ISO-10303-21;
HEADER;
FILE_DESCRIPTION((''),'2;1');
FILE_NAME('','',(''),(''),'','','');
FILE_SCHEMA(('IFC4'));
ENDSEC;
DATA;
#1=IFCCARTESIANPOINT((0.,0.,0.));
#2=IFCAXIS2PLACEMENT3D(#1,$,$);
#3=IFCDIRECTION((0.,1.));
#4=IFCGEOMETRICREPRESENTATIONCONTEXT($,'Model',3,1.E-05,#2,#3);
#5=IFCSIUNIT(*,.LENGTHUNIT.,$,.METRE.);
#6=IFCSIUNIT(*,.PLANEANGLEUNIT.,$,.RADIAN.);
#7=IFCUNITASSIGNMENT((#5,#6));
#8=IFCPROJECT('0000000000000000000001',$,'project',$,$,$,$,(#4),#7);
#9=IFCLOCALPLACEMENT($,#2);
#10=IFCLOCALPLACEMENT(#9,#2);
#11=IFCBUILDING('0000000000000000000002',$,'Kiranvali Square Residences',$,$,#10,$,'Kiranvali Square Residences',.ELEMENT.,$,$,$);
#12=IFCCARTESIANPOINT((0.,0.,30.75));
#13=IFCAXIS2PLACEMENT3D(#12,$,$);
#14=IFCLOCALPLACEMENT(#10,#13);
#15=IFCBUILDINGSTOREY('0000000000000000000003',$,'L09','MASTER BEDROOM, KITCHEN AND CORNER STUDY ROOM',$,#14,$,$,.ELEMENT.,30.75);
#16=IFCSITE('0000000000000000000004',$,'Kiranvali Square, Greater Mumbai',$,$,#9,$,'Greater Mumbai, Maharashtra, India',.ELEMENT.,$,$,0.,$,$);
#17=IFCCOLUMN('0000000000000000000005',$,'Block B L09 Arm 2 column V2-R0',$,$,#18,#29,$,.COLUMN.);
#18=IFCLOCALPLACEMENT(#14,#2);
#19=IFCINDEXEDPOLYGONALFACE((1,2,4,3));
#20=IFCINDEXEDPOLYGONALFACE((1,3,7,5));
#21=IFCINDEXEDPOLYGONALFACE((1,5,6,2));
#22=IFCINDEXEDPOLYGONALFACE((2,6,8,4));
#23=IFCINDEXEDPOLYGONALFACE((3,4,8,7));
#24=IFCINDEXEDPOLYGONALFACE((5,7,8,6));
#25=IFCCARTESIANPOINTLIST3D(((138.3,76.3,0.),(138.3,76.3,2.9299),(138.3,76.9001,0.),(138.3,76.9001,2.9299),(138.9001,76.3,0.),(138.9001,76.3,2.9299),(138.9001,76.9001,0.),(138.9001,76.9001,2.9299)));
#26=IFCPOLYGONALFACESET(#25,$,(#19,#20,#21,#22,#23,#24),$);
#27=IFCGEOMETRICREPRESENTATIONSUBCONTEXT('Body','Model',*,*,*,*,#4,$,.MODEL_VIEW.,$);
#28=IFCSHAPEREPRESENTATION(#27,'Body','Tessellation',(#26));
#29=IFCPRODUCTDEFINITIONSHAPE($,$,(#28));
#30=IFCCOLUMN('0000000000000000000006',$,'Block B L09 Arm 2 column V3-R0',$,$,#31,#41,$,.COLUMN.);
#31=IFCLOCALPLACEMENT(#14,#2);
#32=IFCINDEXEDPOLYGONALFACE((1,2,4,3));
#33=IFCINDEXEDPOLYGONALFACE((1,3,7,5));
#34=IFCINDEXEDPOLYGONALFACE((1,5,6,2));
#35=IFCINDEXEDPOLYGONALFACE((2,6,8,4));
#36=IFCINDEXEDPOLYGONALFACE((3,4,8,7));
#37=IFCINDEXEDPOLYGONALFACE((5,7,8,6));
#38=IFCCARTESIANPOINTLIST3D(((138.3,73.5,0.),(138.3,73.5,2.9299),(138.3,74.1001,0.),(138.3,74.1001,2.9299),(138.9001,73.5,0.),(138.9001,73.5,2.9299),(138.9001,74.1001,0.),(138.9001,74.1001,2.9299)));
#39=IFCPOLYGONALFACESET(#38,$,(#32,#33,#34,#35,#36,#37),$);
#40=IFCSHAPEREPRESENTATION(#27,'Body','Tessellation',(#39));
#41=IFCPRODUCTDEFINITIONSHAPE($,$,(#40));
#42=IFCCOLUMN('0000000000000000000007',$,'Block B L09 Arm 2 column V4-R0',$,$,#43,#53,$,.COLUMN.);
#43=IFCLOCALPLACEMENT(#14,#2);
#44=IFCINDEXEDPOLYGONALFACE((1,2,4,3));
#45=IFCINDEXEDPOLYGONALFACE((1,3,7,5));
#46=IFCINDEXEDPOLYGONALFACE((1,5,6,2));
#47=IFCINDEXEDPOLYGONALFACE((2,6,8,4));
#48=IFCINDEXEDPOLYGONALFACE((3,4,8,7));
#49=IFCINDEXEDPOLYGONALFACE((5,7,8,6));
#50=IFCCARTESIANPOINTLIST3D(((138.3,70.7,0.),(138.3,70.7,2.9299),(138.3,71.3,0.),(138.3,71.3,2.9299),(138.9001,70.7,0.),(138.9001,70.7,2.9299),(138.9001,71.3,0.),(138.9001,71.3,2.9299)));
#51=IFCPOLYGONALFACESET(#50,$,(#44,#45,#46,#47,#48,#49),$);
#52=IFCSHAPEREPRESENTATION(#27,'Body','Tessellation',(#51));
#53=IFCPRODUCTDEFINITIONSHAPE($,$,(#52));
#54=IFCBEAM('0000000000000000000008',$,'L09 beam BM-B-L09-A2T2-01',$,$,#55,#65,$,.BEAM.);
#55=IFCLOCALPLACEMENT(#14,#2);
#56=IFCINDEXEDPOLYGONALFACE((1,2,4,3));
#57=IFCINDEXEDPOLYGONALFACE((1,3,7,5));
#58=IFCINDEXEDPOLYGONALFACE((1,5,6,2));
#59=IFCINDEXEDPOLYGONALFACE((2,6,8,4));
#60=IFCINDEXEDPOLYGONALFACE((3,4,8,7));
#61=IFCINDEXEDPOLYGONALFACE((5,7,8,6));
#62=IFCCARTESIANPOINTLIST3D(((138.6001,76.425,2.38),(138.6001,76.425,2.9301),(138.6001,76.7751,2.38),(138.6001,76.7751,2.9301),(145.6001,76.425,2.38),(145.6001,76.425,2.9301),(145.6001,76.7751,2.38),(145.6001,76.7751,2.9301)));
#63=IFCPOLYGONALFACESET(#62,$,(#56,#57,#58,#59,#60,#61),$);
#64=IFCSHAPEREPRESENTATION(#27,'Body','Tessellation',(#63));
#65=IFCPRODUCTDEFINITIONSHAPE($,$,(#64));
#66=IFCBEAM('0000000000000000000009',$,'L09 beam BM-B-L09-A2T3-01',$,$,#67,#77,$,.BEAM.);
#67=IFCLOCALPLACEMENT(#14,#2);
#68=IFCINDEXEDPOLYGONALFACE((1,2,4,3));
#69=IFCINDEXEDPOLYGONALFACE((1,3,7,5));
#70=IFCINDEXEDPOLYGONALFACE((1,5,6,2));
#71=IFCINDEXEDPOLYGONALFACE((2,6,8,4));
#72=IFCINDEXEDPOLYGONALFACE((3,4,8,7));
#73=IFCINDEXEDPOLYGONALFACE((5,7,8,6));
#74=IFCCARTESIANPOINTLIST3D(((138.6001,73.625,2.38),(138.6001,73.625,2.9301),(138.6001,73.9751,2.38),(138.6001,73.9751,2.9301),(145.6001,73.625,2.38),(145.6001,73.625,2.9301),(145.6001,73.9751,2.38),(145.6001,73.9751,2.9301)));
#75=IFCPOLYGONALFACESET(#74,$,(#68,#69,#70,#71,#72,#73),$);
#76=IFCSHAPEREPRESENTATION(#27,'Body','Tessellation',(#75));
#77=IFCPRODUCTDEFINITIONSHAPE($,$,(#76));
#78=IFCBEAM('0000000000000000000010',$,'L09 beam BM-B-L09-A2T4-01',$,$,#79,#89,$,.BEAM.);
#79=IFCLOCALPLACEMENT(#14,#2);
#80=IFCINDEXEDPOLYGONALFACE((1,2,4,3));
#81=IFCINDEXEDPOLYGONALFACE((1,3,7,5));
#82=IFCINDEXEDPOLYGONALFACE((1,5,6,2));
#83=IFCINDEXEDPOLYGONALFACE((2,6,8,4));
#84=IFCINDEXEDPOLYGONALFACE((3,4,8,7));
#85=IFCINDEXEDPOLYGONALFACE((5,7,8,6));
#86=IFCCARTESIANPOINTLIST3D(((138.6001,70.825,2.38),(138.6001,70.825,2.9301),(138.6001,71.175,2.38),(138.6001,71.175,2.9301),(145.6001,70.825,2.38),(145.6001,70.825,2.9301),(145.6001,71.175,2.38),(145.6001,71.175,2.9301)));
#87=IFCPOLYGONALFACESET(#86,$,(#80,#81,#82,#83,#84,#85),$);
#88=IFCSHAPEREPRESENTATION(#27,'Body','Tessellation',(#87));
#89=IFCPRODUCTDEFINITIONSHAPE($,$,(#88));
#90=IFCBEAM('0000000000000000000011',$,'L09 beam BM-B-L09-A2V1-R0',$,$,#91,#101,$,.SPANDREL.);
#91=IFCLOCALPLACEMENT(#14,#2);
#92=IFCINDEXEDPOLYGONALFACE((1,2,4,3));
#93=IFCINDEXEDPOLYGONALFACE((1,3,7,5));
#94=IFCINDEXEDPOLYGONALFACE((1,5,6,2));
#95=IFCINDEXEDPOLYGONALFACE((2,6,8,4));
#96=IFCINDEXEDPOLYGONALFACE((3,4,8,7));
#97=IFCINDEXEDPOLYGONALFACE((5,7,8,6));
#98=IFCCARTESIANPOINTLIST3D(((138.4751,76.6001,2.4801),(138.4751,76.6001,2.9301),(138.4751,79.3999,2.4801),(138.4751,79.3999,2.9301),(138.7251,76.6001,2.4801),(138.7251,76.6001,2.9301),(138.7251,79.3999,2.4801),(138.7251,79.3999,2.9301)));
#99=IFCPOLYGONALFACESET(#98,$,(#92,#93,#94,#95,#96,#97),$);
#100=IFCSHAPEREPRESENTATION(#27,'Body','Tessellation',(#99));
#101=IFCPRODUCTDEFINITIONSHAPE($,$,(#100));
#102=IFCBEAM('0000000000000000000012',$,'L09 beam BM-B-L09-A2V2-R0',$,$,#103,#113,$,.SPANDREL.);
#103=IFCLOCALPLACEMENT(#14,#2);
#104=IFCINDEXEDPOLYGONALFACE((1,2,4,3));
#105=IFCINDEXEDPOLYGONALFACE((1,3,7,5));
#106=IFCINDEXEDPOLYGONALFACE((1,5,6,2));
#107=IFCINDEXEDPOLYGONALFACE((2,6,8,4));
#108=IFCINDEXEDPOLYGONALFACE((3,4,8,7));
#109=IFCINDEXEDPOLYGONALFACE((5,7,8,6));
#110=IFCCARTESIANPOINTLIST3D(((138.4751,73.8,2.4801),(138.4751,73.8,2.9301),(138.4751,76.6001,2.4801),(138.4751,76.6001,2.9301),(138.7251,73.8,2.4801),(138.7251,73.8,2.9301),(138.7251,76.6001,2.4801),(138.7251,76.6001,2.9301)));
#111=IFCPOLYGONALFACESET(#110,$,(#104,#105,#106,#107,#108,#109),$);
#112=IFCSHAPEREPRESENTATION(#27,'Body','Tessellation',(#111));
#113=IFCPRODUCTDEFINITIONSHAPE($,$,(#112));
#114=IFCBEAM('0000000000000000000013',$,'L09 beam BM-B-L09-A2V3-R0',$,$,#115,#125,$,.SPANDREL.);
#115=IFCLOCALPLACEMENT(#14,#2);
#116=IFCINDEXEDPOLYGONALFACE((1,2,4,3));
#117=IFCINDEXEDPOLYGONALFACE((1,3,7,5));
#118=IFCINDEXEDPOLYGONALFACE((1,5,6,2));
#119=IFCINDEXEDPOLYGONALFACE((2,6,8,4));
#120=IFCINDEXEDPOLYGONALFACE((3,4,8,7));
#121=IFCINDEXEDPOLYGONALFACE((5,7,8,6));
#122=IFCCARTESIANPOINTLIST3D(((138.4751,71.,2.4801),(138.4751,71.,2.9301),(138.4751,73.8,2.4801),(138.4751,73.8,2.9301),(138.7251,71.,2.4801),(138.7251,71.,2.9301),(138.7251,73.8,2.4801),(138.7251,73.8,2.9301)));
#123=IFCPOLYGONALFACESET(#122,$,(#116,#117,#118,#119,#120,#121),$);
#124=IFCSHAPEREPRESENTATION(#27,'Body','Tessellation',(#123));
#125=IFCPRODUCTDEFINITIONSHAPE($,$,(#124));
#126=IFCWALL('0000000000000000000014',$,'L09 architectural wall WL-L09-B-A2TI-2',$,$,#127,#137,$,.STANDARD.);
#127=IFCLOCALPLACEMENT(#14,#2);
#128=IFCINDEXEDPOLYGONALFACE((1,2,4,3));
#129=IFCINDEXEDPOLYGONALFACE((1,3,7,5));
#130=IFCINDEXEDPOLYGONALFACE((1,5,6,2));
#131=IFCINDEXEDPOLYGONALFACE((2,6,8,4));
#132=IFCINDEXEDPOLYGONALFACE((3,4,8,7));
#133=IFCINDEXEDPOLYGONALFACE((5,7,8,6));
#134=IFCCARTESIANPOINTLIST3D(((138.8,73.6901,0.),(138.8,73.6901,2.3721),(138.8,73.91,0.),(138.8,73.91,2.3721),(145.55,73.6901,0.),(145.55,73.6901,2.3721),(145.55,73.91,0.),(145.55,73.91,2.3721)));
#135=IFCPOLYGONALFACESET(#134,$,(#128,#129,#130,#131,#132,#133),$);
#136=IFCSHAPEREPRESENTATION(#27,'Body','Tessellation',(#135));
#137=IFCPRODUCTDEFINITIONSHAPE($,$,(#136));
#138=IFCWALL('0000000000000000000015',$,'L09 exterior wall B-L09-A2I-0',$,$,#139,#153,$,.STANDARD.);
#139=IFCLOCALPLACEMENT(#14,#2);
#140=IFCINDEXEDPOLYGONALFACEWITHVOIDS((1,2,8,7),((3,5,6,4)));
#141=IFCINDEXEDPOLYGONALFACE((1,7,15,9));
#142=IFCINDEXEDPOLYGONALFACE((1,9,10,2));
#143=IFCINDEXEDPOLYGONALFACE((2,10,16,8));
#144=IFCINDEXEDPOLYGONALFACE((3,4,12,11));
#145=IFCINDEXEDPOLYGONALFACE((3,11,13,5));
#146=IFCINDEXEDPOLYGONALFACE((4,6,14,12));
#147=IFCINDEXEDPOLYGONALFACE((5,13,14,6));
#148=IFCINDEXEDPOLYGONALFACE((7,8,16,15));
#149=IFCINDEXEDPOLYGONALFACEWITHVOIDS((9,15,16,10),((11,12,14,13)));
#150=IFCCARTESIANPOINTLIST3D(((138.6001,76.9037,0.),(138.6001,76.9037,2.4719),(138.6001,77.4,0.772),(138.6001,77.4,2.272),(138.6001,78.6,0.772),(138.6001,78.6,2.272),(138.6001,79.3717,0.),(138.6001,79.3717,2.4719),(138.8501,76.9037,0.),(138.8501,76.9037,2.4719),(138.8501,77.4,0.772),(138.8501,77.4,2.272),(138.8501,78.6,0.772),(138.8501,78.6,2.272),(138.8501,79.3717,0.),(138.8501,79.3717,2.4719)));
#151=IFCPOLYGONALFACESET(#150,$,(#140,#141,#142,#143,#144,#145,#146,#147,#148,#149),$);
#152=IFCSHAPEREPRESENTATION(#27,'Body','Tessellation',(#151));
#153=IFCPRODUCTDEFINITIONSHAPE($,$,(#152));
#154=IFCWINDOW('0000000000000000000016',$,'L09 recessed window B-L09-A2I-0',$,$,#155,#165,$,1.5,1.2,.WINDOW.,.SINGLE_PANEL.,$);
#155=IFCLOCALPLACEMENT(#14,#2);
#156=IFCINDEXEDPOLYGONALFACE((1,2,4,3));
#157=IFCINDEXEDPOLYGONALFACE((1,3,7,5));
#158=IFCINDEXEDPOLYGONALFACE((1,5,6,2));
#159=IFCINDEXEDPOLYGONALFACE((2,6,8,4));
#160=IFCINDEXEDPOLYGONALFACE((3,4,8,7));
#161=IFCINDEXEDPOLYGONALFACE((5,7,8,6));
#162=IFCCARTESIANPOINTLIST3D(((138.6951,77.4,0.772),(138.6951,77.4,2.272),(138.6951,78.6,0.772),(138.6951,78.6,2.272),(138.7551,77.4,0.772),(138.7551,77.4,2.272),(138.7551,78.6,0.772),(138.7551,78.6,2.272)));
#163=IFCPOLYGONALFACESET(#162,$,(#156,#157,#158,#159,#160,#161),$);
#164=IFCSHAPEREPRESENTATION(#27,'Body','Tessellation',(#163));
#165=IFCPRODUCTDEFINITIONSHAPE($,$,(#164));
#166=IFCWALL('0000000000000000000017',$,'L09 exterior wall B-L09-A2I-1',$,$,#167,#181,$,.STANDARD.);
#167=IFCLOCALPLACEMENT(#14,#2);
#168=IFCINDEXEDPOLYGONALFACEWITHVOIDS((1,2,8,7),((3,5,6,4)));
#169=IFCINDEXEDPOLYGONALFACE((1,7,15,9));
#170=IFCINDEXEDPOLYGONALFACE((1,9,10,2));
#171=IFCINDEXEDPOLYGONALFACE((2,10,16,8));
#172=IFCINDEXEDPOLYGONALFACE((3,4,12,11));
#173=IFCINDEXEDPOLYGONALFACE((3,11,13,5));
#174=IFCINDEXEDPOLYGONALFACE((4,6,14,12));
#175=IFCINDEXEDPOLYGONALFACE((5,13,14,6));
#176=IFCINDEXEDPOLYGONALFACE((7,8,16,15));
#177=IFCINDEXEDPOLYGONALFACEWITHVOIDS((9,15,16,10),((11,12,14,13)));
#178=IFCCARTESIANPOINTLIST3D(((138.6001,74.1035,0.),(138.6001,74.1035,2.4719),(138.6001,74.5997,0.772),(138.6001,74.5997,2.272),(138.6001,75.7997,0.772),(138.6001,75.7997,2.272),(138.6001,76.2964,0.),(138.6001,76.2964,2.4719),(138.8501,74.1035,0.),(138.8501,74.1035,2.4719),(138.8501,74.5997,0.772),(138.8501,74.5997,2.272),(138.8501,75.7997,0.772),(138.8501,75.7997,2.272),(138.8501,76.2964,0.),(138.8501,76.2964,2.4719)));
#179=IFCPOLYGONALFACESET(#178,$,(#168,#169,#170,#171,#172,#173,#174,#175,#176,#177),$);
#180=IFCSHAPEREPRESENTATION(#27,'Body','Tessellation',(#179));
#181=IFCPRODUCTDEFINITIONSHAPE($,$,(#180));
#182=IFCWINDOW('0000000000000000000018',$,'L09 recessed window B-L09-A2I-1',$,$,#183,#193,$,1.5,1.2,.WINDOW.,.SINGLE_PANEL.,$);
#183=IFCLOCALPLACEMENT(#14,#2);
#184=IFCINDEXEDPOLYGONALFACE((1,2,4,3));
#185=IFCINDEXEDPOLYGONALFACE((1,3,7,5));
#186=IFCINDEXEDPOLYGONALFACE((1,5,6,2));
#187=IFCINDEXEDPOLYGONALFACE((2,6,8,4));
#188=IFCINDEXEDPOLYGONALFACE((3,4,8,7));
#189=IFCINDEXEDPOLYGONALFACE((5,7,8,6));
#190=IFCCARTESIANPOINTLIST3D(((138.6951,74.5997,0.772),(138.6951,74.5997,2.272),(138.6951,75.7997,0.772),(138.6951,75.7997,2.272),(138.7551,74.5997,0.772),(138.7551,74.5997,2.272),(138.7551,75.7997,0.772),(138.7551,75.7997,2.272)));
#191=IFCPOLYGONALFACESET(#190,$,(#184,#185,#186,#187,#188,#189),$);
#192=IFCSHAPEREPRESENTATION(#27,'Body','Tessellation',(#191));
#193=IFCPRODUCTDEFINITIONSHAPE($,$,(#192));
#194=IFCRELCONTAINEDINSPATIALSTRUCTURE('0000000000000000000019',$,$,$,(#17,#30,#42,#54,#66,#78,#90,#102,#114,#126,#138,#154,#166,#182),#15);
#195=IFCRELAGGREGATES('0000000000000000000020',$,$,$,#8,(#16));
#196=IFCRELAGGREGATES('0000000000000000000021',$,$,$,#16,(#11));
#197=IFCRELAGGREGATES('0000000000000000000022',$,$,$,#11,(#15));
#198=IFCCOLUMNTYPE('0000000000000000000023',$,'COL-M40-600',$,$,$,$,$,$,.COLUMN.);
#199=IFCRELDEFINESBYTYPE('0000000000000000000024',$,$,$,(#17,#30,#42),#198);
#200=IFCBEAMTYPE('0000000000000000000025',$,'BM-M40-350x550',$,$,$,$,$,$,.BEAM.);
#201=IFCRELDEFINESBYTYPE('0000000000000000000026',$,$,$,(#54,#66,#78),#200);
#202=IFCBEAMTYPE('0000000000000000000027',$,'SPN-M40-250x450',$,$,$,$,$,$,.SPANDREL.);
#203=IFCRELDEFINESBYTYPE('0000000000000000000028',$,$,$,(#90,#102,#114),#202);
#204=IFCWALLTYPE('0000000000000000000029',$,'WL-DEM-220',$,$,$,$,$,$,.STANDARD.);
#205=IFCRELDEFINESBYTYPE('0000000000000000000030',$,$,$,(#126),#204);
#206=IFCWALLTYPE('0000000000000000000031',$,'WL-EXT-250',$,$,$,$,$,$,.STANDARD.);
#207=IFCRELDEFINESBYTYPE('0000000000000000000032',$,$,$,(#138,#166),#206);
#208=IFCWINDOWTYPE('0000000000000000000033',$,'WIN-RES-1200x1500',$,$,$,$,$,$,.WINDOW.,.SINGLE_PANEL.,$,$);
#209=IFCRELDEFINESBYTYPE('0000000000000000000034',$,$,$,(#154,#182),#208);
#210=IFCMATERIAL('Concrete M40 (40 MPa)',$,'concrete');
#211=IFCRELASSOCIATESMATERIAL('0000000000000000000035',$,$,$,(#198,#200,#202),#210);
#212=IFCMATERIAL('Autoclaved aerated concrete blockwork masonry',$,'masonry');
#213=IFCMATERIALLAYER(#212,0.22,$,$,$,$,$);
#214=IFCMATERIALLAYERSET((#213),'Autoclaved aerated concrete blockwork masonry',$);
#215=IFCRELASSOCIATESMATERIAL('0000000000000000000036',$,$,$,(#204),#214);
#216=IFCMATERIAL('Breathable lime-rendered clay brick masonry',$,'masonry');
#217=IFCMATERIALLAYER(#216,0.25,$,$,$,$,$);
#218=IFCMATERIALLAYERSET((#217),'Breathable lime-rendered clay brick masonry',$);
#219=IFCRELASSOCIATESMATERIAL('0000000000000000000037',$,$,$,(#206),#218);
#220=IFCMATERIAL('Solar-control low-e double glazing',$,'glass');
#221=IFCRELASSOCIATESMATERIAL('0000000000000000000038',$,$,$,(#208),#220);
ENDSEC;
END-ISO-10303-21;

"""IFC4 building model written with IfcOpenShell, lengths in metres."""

from ifc_helpers import new_model, si_unit, direction, frame, frame_2d, origin, origin_2d, place, context, subcontext, project, spatial, rectangle, extrude, material, layer, layer_set, material_profile, profile_set, type_object, element, fill, save


model = new_model("IFC4")

# Units and contexts
model_context = context("Model", 3, precision=1e-05, world=origin(), true_north=direction((0.0, 1.0)))
body_context = subcontext(model_context, "Body", "Model", "MODEL_VIEW")
ifc_project = project(units=[si_unit("LENGTHUNIT", "METRE"), si_unit("PLANEANGLEUNIT", "RADIAN")], contexts=[model_context])

# Site, building, storey
site_placement = place(None, origin())
site = spatial("IfcSite", under=ifc_project, at=site_placement, Name="Kiranvali Square, Greater Mumbai", LongName="Greater Mumbai, Maharashtra, India", CompositionType="ELEMENT", RefElevation=0.0)
building_placement = place(site_placement, origin())
building = spatial("IfcBuilding", under=site, at=building_placement, Name="Kiranvali Square Residences", LongName="Kiranvali Square Residences", CompositionType="ELEMENT")
storey_placement = place(building_placement, frame((0.0, 0.0, 30.75)))
storey = spatial("IfcBuildingStorey", under=building, at=storey_placement, Name="L09", Description="MASTER BEDROOM, KITCHEN AND CORNER STUDY ROOM", CompositionType="ELEMENT", Elevation=30.75)

# Columns
ifc_material_1 = material(Name="Concrete M40 (40 MPa)", Category="concrete")
ifc_material_profile_1 = material_profile(ifc_material_1, rectangle(XDim=0.6001, YDim=0.6001, at=origin_2d()), Name="RC 600x600")
ifc_profile_set_1 = profile_set([ifc_material_profile_1], Name="Concrete M40 (40 MPa)")
column_type = type_object("IfcColumnType", Name="COL-M40-600", PredefinedType="COLUMN", material=ifc_profile_set_1)
for number, where, z_axis, x_axis, name in (
    (1, (138.6001, 76.6001, 0.0), (0.0, 0.0, 1.0), (1.0, 0.0, 0.0), "Block B L09 Arm 2 column V2-R0"),
    (2, (138.6001, 73.8, 0.0), (0.0, 0.0, 1.0), (1.0, 0.0, 0.0), "Block B L09 Arm 2 column V3-R0"),
    (3, (138.6001, 71.0, 0.0), (0.0, 0.0, 1.0), (1.0, 0.0, 0.0), "Block B L09 Arm 2 column V4-R0"),
):
    element("IfcColumn", number, at=place(storey_placement, frame(where, z_axis=z_axis, x_axis=x_axis)), inside=storey, type_object=column_type, Name=name, PredefinedType="COLUMN", context=body_context, shape_type="SweptSolid", body=[
        extrude(rectangle(XDim=0.6001, YDim=0.6001, at=origin_2d()), origin(), (0.0, 0.0, 1.0), 2.9299),
    ])

# Beams
ifc_material_profile_2 = material_profile(ifc_material_1, rectangle(XDim=0.3501, YDim=0.55, at=origin_2d()), Name="RC 350x550")
ifc_profile_set_2 = profile_set([ifc_material_profile_2], Name="Concrete M40 (40 MPa)")
beam_type_1 = type_object("IfcBeamType", Name="BM-M40-350x550", PredefinedType="BEAM", material=ifc_profile_set_2)
for number, where, z_axis, x_axis, name in (
    (4, (138.6001, 76.6001, 2.655), (1.0, 0.0, 0.0), (0.0, 1.0, 0.0), "L09 beam BM-B-L09-A2T2-01"),
    (5, (138.6001, 73.8, 2.655), (1.0, 0.0, 0.0), (0.0, 1.0, 0.0), "L09 beam BM-B-L09-A2T3-01"),
    (6, (138.6001, 71.0, 2.655), (1.0, 0.0, 0.0), (0.0, 1.0, 0.0), "L09 beam BM-B-L09-A2T4-01"),
):
    element("IfcBeam", number, at=place(storey_placement, frame(where, z_axis=z_axis, x_axis=x_axis)), inside=storey, type_object=beam_type_1, Name=name, PredefinedType="BEAM", context=body_context, shape_type="SweptSolid", body=[
        extrude(rectangle(XDim=0.3501, YDim=0.55, at=origin_2d()), origin(), (0.0, 0.0, 1.0), 7.0),
    ])
ifc_material_profile_3 = material_profile(ifc_material_1, rectangle(XDim=0.25, YDim=0.45, at=origin_2d()), Name="RC 250x450")
ifc_profile_set_3 = profile_set([ifc_material_profile_3], Name="Concrete M40 (40 MPa)")
beam_type_2 = type_object("IfcBeamType", Name="SPN-M40-250x450", PredefinedType="SPANDREL", material=ifc_profile_set_3)
beam_placement = place(storey_placement, frame((138.6001, 79.3999, 2.7051), z_axis=(0.0, -1.0, 0.0), x_axis=(1.0, 0.0, 0.0)))
element("IfcBeam", 7, at=beam_placement, inside=storey, type_object=beam_type_2, Name="L09 beam BM-B-L09-A2V1-R0", PredefinedType="SPANDREL", context=body_context, shape_type="SweptSolid", body=[
    extrude(rectangle(XDim=0.25, YDim=0.45, at=origin_2d()), origin(), (0.0, 0.0, 1.0), 2.7998),
])
for number, where, z_axis, x_axis, name in (
    (8, (138.6001, 76.6001, 2.7051), (0.0, -1.0, 0.0), (1.0, 0.0, 0.0), "L09 beam BM-B-L09-A2V2-R0"),
    (9, (138.6001, 73.8, 2.7051), (0.0, -1.0, 0.0), (1.0, 0.0, 0.0), "L09 beam BM-B-L09-A2V3-R0"),
):
    element("IfcBeam", number, at=place(storey_placement, frame(where, z_axis=z_axis, x_axis=x_axis)), inside=storey, type_object=beam_type_2, Name=name, PredefinedType="SPANDREL", context=body_context, shape_type="SweptSolid", body=[
        extrude(rectangle(XDim=0.25, YDim=0.45, at=origin_2d()), origin(), (0.0, 0.0, 1.0), 2.8),
    ])

# Wall
ifc_material_2 = material(Name="Autoclaved aerated concrete blockwork masonry", Category="masonry")
ifc_layer_1 = layer(ifc_material_2, 0.22)
ifc_layer_set_1 = layer_set([ifc_layer_1], Name="Autoclaved aerated concrete blockwork masonry")
wall_type_1 = type_object("IfcWallType", Name="WL-DEM-220", PredefinedType="STANDARD", material=ifc_layer_set_1)
wall_1_placement = place(storey_placement, frame((138.8, 73.8, 0.0), z_axis=(0.0, 0.0, 1.0), x_axis=(1.0, 0.0, 0.0)))
element("IfcWall", 10, at=wall_1_placement, inside=storey, type_object=wall_type_1, Name="L09 architectural wall WL-L09-B-A2TI-2", PredefinedType="STANDARD", context=body_context, shape_type="SweptSolid", body=[
    extrude(rectangle(XDim=6.75, YDim=0.22, at=frame_2d((3.375, 0.0))), origin(), (0.0, 0.0, 1.0), 2.3721),
])

# Walls, openings, windows
ifc_material_3 = material(Name="Breathable lime-rendered clay brick masonry", Category="masonry")
ifc_layer_2 = layer(ifc_material_3, 0.25)
ifc_layer_set_2 = layer_set([ifc_layer_2], Name="Breathable lime-rendered clay brick masonry")
wall_type_2 = type_object("IfcWallType", Name="WL-EXT-250", PredefinedType="STANDARD", material=ifc_layer_set_2)
wall_2_placement = place(storey_placement, frame((138.7251, 79.3716, 0.0), z_axis=(0.0, 0.0, 1.0), x_axis=(0.0, -1.0, 0.0)))
wall_2 = element("IfcWall", 11, at=wall_2_placement, inside=storey, type_object=wall_type_2, Name="L09 exterior wall B-L09-A2I-0", PredefinedType="STANDARD", context=body_context, shape_type="SweptSolid", body=[
    extrude(rectangle(XDim=2.468, YDim=0.25, at=frame_2d((1.2339, 0.0))), origin(), (0.0, 0.0, 1.0), 2.4719),
])
opening_1_placement = place(wall_2_placement, frame((0.7715, 0.0, 0.772)))
opening_1 = element("IfcOpeningElement", 12, at=opening_1_placement, cuts=wall_2, PredefinedType="OPENING", context=body_context, shape_type="SweptSolid", body=[
    extrude(rectangle(XDim=1.2, YDim=1.5, at=frame_2d((0.6001, 0.75))), frame((0.0, 0.135, 0.0), z_axis=(0.0, -1.0, 0.0), x_axis=(1.0, 0.0, 0.0)), (0.0, 0.0, 1.0), 0.27),
])
ifc_material_4 = material(Name="Solar-control low-e double glazing", Category="glass")
window_type_1 = type_object("IfcWindowType", Name="WIN-RES-1200x1500", PartitioningType="SINGLE_PANEL", PredefinedType="WINDOW", material=ifc_material_4)
window_1_placement = place(opening_1_placement, origin())
window_1 = element("IfcWindow", 13, at=window_1_placement, inside=storey, type_object=window_type_1, Name="L09 recessed window B-L09-A2I-0", OverallHeight=1.5, OverallWidth=1.2, PartitioningType="SINGLE_PANEL", PredefinedType="WINDOW", context=body_context, shape_type="SweptSolid", body=[
    extrude(rectangle(XDim=1.2, YDim=1.5, at=frame_2d((0.6001, 0.75))), frame((0.0, 0.03, 0.0), z_axis=(0.0, -1.0, 0.0), x_axis=(1.0, 0.0, 0.0)), (0.0, 0.0, 1.0), 0.0601),
])
fill(opening_1, window_1)
wall_3_placement = place(storey_placement, frame((138.7251, 76.2964, 0.0), z_axis=(0.0, 0.0, 1.0), x_axis=(0.0, -1.0, 0.0)))
wall_3 = element("IfcWall", 14, at=wall_3_placement, inside=storey, type_object=wall_type_2, Name="L09 exterior wall B-L09-A2I-1", PredefinedType="STANDARD", context=body_context, shape_type="SweptSolid", body=[
    extrude(rectangle(XDim=2.1929, YDim=0.25, at=frame_2d((1.0964, 0.0))), origin(), (0.0, 0.0, 1.0), 2.4719),
])
opening_2_placement = place(wall_3_placement, frame((0.4966, 0.0, 0.772)))
opening_2 = element("IfcOpeningElement", 15, at=opening_2_placement, cuts=wall_3, PredefinedType="OPENING", context=body_context, shape_type="SweptSolid", body=[
    extrude(rectangle(XDim=1.2, YDim=1.5, at=frame_2d((0.6001, 0.75))), frame((0.0, 0.135, 0.0), z_axis=(0.0, -1.0, 0.0), x_axis=(1.0, 0.0, 0.0)), (0.0, 0.0, 1.0), 0.27),
])
window_2_placement = place(opening_2_placement, origin())
window_2 = element("IfcWindow", 16, at=window_2_placement, inside=storey, type_object=window_type_1, Name="L09 recessed window B-L09-A2I-1", OverallHeight=1.5, OverallWidth=1.2, PartitioningType="SINGLE_PANEL", PredefinedType="WINDOW", context=body_context, shape_type="SweptSolid", body=[
    extrude(rectangle(XDim=1.2, YDim=1.5, at=frame_2d((0.6001, 0.75))), frame((0.0, 0.03, 0.0), z_axis=(0.0, -1.0, 0.0), x_axis=(1.0, 0.0, 0.0)), (0.0, 0.0, 1.0), 0.0601),
])
fill(opening_2, window_2)

save(model, "model.ifc")
